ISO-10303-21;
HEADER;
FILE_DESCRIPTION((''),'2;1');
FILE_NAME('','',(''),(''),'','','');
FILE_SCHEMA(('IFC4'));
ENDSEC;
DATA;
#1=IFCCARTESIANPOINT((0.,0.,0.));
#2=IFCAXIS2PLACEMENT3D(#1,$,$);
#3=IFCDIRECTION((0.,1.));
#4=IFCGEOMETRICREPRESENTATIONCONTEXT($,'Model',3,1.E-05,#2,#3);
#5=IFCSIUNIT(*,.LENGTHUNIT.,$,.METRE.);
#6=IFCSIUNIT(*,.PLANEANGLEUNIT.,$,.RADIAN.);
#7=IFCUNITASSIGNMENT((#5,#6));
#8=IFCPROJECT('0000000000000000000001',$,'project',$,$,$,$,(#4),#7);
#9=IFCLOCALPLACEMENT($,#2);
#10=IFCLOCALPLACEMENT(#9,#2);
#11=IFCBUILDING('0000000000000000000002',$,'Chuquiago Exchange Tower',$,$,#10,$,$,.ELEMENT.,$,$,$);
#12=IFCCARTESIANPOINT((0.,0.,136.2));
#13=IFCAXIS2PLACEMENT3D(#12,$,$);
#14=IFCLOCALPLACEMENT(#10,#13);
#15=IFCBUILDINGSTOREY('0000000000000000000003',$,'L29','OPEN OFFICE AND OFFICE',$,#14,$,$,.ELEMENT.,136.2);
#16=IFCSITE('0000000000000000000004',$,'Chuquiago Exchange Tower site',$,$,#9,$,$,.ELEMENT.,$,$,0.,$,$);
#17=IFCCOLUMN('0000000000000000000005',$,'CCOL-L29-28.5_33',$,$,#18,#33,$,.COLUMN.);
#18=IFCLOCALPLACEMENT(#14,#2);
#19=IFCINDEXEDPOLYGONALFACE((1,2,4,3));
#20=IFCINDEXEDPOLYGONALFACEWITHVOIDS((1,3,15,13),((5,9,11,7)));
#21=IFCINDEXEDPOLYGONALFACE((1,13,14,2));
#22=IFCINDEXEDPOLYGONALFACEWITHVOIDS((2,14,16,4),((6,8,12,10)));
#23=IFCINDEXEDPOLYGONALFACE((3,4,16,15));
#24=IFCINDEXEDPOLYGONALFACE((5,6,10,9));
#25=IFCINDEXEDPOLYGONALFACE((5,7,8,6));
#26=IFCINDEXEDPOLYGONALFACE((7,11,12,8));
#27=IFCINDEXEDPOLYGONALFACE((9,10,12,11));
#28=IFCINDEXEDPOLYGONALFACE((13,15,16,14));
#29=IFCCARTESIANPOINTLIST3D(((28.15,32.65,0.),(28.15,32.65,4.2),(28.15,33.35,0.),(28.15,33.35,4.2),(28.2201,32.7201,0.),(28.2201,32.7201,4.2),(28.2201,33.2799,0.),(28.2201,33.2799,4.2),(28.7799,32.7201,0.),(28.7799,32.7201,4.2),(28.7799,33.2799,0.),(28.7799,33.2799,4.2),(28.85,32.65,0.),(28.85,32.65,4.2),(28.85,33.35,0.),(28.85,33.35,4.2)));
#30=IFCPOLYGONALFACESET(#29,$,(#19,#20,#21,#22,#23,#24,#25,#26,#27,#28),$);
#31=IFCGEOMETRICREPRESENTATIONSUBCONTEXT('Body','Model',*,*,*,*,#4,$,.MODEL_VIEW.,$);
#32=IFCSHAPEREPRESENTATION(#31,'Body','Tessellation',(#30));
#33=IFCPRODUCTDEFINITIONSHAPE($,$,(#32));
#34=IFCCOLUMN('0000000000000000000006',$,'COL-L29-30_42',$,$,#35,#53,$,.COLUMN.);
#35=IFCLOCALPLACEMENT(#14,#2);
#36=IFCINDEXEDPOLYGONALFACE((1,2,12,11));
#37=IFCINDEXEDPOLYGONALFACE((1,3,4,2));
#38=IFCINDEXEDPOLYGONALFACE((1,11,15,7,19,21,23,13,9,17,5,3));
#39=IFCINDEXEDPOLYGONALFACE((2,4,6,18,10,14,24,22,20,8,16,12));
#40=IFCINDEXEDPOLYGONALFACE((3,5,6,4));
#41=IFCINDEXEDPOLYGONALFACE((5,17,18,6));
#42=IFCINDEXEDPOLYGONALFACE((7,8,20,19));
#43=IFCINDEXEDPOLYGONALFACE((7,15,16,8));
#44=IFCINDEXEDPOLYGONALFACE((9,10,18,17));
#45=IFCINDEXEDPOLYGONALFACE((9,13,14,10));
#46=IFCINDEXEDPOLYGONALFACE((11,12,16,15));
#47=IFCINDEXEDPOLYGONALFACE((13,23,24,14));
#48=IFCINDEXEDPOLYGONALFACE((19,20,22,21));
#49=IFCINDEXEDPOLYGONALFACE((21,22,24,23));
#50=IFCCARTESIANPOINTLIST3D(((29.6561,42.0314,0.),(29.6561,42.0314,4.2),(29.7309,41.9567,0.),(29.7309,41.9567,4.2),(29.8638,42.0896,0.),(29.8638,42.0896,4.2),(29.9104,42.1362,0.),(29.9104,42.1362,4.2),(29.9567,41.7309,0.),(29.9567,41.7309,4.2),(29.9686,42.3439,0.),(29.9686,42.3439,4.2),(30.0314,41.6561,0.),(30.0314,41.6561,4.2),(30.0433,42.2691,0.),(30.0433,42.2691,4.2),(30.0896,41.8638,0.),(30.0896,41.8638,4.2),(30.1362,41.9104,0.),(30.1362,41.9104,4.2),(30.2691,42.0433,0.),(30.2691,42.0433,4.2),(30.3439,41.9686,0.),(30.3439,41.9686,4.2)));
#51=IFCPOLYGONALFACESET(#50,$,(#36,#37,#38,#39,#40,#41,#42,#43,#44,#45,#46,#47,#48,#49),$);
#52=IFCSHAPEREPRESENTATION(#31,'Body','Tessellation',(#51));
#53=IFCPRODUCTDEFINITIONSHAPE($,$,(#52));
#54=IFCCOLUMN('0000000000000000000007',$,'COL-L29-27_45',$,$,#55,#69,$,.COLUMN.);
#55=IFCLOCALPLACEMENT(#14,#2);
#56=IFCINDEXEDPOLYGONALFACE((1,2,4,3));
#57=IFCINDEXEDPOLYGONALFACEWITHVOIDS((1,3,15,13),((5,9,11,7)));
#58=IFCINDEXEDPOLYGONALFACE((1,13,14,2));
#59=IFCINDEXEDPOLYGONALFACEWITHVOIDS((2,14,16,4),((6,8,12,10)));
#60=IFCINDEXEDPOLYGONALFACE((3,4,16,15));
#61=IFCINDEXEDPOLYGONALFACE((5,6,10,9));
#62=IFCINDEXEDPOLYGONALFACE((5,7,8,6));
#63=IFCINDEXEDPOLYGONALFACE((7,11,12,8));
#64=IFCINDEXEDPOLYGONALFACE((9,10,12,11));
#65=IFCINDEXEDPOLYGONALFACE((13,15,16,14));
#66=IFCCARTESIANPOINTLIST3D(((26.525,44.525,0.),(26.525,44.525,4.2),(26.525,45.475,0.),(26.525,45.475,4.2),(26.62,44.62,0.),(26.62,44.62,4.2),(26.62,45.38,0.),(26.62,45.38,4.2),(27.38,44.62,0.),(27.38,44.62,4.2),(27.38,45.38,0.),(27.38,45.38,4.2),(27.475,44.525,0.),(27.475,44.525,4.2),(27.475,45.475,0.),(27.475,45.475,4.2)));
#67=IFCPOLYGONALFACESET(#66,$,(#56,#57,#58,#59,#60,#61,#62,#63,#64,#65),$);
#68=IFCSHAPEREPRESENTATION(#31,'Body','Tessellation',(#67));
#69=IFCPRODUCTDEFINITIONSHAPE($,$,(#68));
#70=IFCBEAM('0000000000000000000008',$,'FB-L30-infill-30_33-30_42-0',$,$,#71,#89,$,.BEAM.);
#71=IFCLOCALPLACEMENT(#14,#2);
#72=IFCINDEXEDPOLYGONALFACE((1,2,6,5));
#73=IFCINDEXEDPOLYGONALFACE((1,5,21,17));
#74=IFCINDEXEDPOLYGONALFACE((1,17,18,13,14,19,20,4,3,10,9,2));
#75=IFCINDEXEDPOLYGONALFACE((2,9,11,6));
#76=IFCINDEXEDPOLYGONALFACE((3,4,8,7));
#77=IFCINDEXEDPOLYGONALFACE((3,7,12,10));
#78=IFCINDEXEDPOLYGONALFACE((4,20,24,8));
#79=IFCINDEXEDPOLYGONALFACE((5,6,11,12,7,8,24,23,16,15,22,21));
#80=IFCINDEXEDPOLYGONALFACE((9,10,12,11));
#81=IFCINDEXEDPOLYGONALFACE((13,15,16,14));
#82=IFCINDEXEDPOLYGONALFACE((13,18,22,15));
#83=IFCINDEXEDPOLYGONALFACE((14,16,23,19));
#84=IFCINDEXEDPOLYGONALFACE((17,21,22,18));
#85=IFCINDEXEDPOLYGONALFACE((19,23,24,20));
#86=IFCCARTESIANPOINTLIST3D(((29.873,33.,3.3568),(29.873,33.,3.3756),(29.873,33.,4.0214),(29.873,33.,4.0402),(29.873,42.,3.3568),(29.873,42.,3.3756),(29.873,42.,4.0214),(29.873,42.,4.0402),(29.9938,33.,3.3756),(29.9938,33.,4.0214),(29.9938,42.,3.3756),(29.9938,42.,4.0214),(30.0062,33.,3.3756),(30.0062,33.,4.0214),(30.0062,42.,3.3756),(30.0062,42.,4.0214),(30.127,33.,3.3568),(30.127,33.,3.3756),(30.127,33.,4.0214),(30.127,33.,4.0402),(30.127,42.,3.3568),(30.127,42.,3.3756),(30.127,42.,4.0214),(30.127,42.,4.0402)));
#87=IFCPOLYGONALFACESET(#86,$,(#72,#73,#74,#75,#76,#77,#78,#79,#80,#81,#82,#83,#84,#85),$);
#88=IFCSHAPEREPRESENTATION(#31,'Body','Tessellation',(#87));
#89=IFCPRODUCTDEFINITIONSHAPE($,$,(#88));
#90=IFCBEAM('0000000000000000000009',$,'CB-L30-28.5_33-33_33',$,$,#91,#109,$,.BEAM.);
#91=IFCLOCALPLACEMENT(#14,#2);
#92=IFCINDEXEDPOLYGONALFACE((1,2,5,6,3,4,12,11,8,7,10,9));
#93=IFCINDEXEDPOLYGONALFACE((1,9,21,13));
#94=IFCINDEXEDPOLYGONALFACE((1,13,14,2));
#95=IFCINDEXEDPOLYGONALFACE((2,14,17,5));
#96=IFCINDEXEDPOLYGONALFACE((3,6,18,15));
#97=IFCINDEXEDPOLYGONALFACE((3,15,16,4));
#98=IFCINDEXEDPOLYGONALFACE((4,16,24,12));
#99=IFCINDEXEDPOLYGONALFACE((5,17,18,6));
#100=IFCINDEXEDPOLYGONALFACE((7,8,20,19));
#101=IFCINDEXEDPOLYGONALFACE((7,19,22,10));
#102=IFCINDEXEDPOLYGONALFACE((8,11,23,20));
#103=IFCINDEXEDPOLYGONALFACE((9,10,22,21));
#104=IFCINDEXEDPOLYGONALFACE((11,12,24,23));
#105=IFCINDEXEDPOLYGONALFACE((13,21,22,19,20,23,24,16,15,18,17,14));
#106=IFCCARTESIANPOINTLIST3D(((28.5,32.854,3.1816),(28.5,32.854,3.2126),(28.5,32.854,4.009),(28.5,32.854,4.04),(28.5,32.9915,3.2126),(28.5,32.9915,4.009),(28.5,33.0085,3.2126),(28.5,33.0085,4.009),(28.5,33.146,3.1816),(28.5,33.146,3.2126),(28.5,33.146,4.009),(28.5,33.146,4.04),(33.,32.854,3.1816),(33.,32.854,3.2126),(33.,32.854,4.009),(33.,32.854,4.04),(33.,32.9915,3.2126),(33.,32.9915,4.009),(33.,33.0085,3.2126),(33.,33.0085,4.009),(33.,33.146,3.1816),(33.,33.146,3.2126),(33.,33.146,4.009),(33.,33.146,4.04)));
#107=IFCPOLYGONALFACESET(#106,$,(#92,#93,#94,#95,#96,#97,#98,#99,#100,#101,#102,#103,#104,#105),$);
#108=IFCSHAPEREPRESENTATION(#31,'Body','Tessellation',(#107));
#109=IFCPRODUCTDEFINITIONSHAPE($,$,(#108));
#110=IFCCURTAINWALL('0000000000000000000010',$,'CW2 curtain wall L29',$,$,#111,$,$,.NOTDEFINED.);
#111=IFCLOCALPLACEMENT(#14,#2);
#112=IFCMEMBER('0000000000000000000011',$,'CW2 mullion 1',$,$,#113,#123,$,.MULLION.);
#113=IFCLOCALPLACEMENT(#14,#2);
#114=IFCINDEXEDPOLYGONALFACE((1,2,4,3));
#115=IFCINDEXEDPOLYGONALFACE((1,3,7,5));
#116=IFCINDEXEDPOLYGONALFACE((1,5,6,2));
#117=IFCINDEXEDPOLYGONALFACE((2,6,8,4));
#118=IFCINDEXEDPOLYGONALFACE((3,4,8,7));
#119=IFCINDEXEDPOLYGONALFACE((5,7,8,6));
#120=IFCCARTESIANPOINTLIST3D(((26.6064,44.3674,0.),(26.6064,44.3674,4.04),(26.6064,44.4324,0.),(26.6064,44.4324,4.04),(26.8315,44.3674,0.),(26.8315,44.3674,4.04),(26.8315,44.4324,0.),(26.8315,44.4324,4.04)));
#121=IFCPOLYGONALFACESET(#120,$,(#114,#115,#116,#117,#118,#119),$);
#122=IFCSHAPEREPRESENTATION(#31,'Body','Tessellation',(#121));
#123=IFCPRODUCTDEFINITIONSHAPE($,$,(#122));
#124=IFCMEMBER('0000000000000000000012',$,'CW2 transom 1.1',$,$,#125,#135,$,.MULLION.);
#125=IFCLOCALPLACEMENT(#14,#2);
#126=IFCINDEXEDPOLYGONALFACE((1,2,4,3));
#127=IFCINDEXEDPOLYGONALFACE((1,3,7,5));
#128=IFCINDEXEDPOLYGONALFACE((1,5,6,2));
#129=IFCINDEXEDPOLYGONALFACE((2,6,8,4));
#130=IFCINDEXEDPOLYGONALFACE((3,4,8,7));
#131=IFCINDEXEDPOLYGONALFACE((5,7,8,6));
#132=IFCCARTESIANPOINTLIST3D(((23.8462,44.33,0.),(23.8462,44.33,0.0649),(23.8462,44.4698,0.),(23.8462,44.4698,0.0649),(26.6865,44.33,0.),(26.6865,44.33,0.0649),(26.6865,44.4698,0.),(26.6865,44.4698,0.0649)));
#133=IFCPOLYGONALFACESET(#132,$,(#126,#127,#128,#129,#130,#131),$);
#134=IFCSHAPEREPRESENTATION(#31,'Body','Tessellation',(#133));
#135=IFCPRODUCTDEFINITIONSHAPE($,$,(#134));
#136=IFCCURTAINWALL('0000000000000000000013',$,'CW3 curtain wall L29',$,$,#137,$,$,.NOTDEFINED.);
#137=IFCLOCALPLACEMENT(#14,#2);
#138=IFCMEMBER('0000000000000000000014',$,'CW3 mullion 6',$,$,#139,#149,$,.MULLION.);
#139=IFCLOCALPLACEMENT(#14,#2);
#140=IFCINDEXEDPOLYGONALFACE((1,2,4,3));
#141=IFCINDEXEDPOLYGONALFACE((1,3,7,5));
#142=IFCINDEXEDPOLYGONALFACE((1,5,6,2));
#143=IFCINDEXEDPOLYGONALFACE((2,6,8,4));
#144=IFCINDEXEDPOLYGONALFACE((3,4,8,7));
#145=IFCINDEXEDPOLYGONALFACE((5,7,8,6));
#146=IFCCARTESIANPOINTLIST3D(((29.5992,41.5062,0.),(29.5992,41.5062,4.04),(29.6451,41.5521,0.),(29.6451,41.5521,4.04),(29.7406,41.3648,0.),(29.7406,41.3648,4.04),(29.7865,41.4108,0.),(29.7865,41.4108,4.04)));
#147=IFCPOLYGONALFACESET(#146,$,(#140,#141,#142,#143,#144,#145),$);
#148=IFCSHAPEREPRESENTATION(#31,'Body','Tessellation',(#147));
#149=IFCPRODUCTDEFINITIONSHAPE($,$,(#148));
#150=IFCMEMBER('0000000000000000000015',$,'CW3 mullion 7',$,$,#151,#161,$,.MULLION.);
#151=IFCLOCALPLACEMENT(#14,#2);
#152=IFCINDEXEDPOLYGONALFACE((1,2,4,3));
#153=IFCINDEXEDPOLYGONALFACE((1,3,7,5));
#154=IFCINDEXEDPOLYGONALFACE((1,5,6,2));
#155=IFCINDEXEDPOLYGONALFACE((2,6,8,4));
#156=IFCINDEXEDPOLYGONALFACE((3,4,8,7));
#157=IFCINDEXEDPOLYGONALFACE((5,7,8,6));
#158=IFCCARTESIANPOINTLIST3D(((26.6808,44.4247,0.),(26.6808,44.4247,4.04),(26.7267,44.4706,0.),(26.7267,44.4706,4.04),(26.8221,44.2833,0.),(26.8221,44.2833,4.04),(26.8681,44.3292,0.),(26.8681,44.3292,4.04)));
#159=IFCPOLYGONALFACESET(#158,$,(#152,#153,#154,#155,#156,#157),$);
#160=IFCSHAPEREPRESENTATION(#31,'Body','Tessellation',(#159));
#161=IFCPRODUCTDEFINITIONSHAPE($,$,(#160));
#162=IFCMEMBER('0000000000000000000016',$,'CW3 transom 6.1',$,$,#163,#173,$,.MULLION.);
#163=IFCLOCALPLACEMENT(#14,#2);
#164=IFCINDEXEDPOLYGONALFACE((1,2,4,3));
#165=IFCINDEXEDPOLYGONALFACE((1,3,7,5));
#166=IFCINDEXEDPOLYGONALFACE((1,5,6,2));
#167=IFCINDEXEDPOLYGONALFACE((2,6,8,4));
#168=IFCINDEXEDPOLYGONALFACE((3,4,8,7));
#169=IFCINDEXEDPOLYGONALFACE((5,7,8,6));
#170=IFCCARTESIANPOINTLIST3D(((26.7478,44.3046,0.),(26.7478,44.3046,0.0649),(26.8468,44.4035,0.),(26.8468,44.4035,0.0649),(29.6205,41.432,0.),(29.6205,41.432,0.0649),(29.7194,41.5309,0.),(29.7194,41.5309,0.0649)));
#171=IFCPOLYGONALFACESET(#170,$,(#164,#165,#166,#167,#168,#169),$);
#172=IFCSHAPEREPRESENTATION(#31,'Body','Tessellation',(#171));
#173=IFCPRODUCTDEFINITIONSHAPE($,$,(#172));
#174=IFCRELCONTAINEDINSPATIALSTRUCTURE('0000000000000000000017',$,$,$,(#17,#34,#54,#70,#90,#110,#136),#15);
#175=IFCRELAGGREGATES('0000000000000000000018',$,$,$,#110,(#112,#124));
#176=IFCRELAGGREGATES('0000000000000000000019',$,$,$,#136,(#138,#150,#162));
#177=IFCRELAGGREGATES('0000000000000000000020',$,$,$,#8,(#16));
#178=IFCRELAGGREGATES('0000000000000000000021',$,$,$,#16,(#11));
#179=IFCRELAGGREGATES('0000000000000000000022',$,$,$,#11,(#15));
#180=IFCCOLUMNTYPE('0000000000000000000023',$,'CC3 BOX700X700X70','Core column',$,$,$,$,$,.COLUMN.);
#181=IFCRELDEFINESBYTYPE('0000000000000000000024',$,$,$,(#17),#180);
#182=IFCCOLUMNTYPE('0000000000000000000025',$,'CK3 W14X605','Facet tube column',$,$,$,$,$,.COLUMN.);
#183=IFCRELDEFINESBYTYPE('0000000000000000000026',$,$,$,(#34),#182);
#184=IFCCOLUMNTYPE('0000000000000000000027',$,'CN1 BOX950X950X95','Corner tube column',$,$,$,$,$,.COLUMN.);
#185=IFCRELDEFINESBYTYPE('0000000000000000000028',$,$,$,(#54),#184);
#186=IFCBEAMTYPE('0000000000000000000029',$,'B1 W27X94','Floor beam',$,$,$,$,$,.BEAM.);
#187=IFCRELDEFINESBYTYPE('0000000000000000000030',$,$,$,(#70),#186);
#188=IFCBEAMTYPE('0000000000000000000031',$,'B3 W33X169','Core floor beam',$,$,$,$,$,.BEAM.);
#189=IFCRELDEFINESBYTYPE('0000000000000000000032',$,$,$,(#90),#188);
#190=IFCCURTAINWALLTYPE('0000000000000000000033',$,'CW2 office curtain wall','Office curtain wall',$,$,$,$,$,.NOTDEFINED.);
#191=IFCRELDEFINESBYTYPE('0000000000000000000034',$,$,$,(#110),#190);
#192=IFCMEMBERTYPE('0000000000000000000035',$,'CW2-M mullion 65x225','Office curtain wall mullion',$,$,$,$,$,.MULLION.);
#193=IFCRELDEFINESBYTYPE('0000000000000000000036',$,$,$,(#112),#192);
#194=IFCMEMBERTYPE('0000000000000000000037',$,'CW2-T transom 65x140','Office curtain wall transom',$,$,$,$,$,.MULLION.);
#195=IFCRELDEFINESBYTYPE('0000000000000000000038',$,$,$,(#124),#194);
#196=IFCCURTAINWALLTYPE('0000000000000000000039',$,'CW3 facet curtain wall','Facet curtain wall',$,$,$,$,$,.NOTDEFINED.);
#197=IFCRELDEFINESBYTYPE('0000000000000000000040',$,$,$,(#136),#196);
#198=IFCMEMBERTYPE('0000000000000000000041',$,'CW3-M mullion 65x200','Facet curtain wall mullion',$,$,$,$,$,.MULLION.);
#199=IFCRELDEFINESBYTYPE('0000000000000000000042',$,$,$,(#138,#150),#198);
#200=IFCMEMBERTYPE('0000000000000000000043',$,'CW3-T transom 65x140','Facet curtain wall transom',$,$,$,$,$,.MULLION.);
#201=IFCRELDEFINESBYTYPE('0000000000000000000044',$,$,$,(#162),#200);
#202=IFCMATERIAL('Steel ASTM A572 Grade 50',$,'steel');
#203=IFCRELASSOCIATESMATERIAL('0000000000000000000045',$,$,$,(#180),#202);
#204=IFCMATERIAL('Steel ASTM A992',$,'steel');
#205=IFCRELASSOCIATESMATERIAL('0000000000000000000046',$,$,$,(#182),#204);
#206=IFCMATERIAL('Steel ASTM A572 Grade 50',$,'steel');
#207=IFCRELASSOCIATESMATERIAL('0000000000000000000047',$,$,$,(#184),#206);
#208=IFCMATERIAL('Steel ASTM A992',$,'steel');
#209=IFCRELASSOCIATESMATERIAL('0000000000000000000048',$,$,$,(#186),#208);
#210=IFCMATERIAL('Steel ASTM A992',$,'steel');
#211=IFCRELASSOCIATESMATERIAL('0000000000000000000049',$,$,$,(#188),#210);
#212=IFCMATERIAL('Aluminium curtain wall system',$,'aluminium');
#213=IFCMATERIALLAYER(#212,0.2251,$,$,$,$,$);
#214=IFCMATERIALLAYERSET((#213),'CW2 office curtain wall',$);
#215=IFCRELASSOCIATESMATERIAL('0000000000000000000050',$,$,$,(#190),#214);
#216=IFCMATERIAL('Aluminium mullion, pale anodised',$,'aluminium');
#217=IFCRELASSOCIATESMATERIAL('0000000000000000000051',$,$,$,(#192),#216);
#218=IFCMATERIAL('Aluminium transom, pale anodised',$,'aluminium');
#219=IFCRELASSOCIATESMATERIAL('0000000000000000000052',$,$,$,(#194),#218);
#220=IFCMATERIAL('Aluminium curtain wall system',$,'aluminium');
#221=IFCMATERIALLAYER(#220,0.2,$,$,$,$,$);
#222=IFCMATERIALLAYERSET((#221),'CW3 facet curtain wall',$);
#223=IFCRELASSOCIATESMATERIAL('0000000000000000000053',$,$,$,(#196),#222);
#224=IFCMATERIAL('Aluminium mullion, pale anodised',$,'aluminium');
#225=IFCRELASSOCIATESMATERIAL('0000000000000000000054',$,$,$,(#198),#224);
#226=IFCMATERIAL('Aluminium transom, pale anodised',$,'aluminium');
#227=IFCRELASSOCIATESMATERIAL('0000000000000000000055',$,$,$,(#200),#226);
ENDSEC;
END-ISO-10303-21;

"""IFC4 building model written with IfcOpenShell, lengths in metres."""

from ifc_helpers import new_model, si_unit, direction, frame, origin, origin_2d, place, context, subcontext, project, spatial, rectangle, hollow_rectangle, i_section, extrude, material, layer, layer_set, material_profile, profile_set, type_object, element, aggregate, save


model = new_model("IFC4")

# Units and contexts
model_context = context("Model", 3, precision=1e-05, world=origin(), true_north=direction((0.0, 1.0)))
body_context = subcontext(model_context, "Body", "Model", "MODEL_VIEW")
ifc_project = project(units=[si_unit("LENGTHUNIT", "METRE"), si_unit("PLANEANGLEUNIT", "RADIAN")], contexts=[model_context])

# Site, building, storey
site_placement = place(None, origin())
site = spatial("IfcSite", under=ifc_project, at=site_placement, Name="Chuquiago Exchange Tower site", CompositionType="ELEMENT", RefElevation=0.0)
building_placement = place(site_placement, origin())
building = spatial("IfcBuilding", under=site, at=building_placement, Name="Chuquiago Exchange Tower", CompositionType="ELEMENT")
storey_placement = place(building_placement, frame((0.0, 0.0, 136.2)))
storey = spatial("IfcBuildingStorey", under=building, at=storey_placement, Name="L29", Description="OPEN OFFICE AND OFFICE", CompositionType="ELEMENT", Elevation=136.2)

# Columns
ifc_material_1 = material(Name="Steel ASTM A572 Grade 50", Category="steel")
ifc_material_profile_1 = material_profile(ifc_material_1, hollow_rectangle(XDim=0.7, YDim=0.7, WallThickness=0.0701, at=origin_2d()), Name="BOX700X700X70")
ifc_profile_set_1 = profile_set([ifc_material_profile_1], Name="Steel ASTM A572 Grade 50")
column_type_1 = type_object("IfcColumnType", Name="CC3 BOX700X700X70", Description="Core column", PredefinedType="COLUMN", material=ifc_profile_set_1)
column_1_placement = place(storey_placement, frame((28.5, 33.0, 0.0), z_axis=(0.0, 0.0, 1.0), x_axis=(1.0, 0.0, 0.0)))
element("IfcColumn", 1, at=column_1_placement, inside=storey, type_object=column_type_1, Name="CCOL-L29-28.5_33", PredefinedType="COLUMN", context=body_context, shape_type="SweptSolid", body=[
    extrude(hollow_rectangle(XDim=0.7, YDim=0.7, WallThickness=0.0701, at=origin_2d()), origin(), (0.0, 0.0, 1.0), 4.2),
])
ifc_material_2 = material(Name="Steel ASTM A992", Category="steel")
ifc_material_profile_2 = material_profile(ifc_material_2, i_section(OverallWidth=0.4419, OverallDepth=0.5308, WebThickness=0.0659, FlangeThickness=0.1057, at=origin_2d()), Name="W14X605")
ifc_profile_set_2 = profile_set([ifc_material_profile_2], Name="Steel ASTM A992")
column_type_2 = type_object("IfcColumnType", Name="CK3 W14X605", Description="Facet tube column", PredefinedType="COLUMN", material=ifc_profile_set_2)
column_2_placement = place(storey_placement, frame((30.0, 42.0, 0.0), z_axis=(0.0, 0.0, 1.0), x_axis=(0.707107, 0.707107, 0.0)))
element("IfcColumn", 2, at=column_2_placement, inside=storey, type_object=column_type_2, Name="COL-L29-30_42", PredefinedType="COLUMN", context=body_context, shape_type="SweptSolid", body=[
    extrude(i_section(OverallWidth=0.4419, OverallDepth=0.5308, WebThickness=0.0659, FlangeThickness=0.1057, at=origin_2d()), origin(), (0.0, 0.0, 1.0), 4.2),
])
ifc_material_3 = material(Name="Steel ASTM A572 Grade 50", Category="steel")
ifc_material_profile_3 = material_profile(ifc_material_3, hollow_rectangle(XDim=0.95, YDim=0.95, WallThickness=0.095, at=origin_2d()), Name="BOX950X950X95")
ifc_profile_set_3 = profile_set([ifc_material_profile_3], Name="Steel ASTM A572 Grade 50")
column_type_3 = type_object("IfcColumnType", Name="CN1 BOX950X950X95", Description="Corner tube column", PredefinedType="COLUMN", material=ifc_profile_set_3)
column_3_placement = place(storey_placement, frame((27.0, 45.0, 0.0), z_axis=(0.0, 0.0, 1.0), x_axis=(0.0, 1.0, 0.0)))
element("IfcColumn", 3, at=column_3_placement, inside=storey, type_object=column_type_3, Name="COL-L29-27_45", PredefinedType="COLUMN", context=body_context, shape_type="SweptSolid", body=[
    extrude(hollow_rectangle(XDim=0.95, YDim=0.95, WallThickness=0.095, at=origin_2d()), origin(), (0.0, 0.0, 1.0), 4.2),
])

# Beams
ifc_material_4 = material(Name="Steel ASTM A992", Category="steel")
ifc_material_profile_4 = material_profile(ifc_material_4, i_section(OverallWidth=0.2539, OverallDepth=0.6833, WebThickness=0.0125, FlangeThickness=0.0188, at=origin_2d()), Name="W27X94")
ifc_profile_set_4 = profile_set([ifc_material_profile_4], Name="Steel ASTM A992")
beam_type_1 = type_object("IfcBeamType", Name="B1 W27X94", Description="Floor beam", PredefinedType="BEAM", material=ifc_profile_set_4)
beam_1_placement = place(storey_placement, frame((30.0, 33.0, 3.6985), z_axis=(0.0, 1.0, 0.0), x_axis=(-1.0, 0.0, 0.0)))
element("IfcBeam", 4, at=beam_1_placement, inside=storey, type_object=beam_type_1, Name="FB-L30-infill-30_33-30_42-0", PredefinedType="BEAM", context=body_context, shape_type="SweptSolid", body=[
    extrude(i_section(OverallWidth=0.2539, OverallDepth=0.6833, WebThickness=0.0125, FlangeThickness=0.0188, at=origin_2d()), origin(), (0.0, 0.0, 1.0), 9.0),
])
ifc_material_5 = material(Name="Steel ASTM A992", Category="steel")
ifc_material_profile_5 = material_profile(ifc_material_5, i_section(OverallWidth=0.292, OverallDepth=0.8584, WebThickness=0.0171, FlangeThickness=0.031, at=origin_2d()), Name="W33X169")
ifc_profile_set_5 = profile_set([ifc_material_profile_5], Name="Steel ASTM A992")
beam_type_2 = type_object("IfcBeamType", Name="B3 W33X169", Description="Core floor beam", PredefinedType="BEAM", material=ifc_profile_set_5)
beam_2_placement = place(storey_placement, frame((28.5, 33.0, 3.6108), z_axis=(1.0, 0.0, 0.0), x_axis=(0.0, 1.0, 0.0)))
element("IfcBeam", 5, at=beam_2_placement, inside=storey, type_object=beam_type_2, Name="CB-L30-28.5_33-33_33", PredefinedType="BEAM", context=body_context, shape_type="SweptSolid", body=[
    extrude(i_section(OverallWidth=0.292, OverallDepth=0.8584, WebThickness=0.0171, FlangeThickness=0.031, at=origin_2d()), origin(), (0.0, 0.0, 1.0), 4.5),
])

# Curtain walls, members
ifc_material_6 = material(Name="Aluminium curtain wall system", Category="aluminium")
ifc_layer_1 = layer(ifc_material_6, 0.2251)
ifc_layer_set_1 = layer_set([ifc_layer_1], Name="CW2 office curtain wall")
curtain_wall_type_1 = type_object("IfcCurtainWallType", Name="CW2 office curtain wall", Description="Office curtain wall", PredefinedType="NOTDEFINED", material=ifc_layer_set_1)
curtain_wall_1_placement = place(storey_placement, origin())
curtain_wall_1 = element("IfcCurtainWall", 6, at=curtain_wall_1_placement, inside=storey, type_object=curtain_wall_type_1, Name="CW2 curtain wall L29", PredefinedType="NOTDEFINED")
ifc_material_7 = material(Name="Aluminium mullion, pale anodised", Category="aluminium")
ifc_material_profile_6 = material_profile(ifc_material_7, rectangle(XDim=0.0649, YDim=0.2251, at=origin_2d()), Name="AL 65x225")
ifc_profile_set_6 = profile_set([ifc_material_profile_6], Name="Aluminium mullion, pale anodised")
member_type_1 = type_object("IfcMemberType", Name="CW2-M mullion 65x225", Description="Office curtain wall mullion", PredefinedType="MULLION", material=ifc_profile_set_6)
member_1_placement = place(storey_placement, frame((26.719, 44.3999, 0.0), z_axis=(0.0, 0.0, 1.0), x_axis=(0.0, -1.0, 0.0)))
member_1 = element("IfcMember", 7, at=member_1_placement, type_object=member_type_1, Name="CW2 mullion 1", PredefinedType="MULLION", context=body_context, shape_type="SweptSolid", body=[
    extrude(rectangle(XDim=0.0649, YDim=0.2251, at=origin_2d()), origin(), (0.0, 0.0, 1.0), 4.04),
])
ifc_material_8 = material(Name="Aluminium transom, pale anodised", Category="aluminium")
ifc_material_profile_7 = material_profile(ifc_material_8, rectangle(XDim=0.1399, YDim=0.0649, at=origin_2d()), Name="AL 140x65")
ifc_profile_set_7 = profile_set([ifc_material_profile_7], Name="Aluminium transom, pale anodised")
member_type_2 = type_object("IfcMemberType", Name="CW2-T transom 65x140", Description="Office curtain wall transom", PredefinedType="MULLION", material=ifc_profile_set_7)
member_2_placement = place(storey_placement, frame((26.6865, 44.3999, 0.0325), z_axis=(-1.0, 0.0, 0.0), x_axis=(0.0, -1.0, 0.0)))
member_2 = element("IfcMember", 8, at=member_2_placement, type_object=member_type_2, Name="CW2 transom 1.1", PredefinedType="MULLION", context=body_context, shape_type="SweptSolid", body=[
    extrude(rectangle(XDim=0.1399, YDim=0.0649, at=origin_2d()), origin(), (0.0, 0.0, 1.0), 2.8403),
])
ifc_material_9 = material(Name="Aluminium curtain wall system", Category="aluminium")
ifc_layer_2 = layer(ifc_material_9, 0.2)
ifc_layer_set_2 = layer_set([ifc_layer_2], Name="CW3 facet curtain wall")
curtain_wall_type_2 = type_object("IfcCurtainWallType", Name="CW3 facet curtain wall", Description="Facet curtain wall", PredefinedType="NOTDEFINED", material=ifc_layer_set_2)
curtain_wall_2_placement = place(storey_placement, origin())
curtain_wall_2 = element("IfcCurtainWall", 9, at=curtain_wall_2_placement, inside=storey, type_object=curtain_wall_type_2, Name="CW3 curtain wall L29", PredefinedType="NOTDEFINED")
ifc_material_10 = material(Name="Aluminium mullion, pale anodised", Category="aluminium")
ifc_material_profile_8 = material_profile(ifc_material_10, rectangle(XDim=0.0649, YDim=0.2, at=origin_2d()), Name="AL 65x200")
ifc_profile_set_8 = profile_set([ifc_material_profile_8], Name="Aluminium mullion, pale anodised")
member_type_3 = type_object("IfcMemberType", Name="CW3-M mullion 65x200", Description="Facet curtain wall mullion", PredefinedType="MULLION", material=ifc_profile_set_8)
member_3_placement = place(storey_placement, frame((29.6929, 41.4585, 0.0), z_axis=(0.0, 0.0, 1.0), x_axis=(-0.707107, -0.707107, 0.0)))
member_3 = element("IfcMember", 10, at=member_3_placement, type_object=member_type_3, Name="CW3 mullion 6", PredefinedType="MULLION", context=body_context, shape_type="SweptSolid", body=[
    extrude(rectangle(XDim=0.0649, YDim=0.2, at=origin_2d()), origin(), (0.0, 0.0, 1.0), 4.04),
])
member_4_placement = place(storey_placement, frame((26.7744, 44.377, 0.0), z_axis=(0.0, 0.0, 1.0), x_axis=(-0.707107, -0.707107, 0.0)))
member_4 = element("IfcMember", 11, at=member_4_placement, type_object=member_type_3, Name="CW3 mullion 7", PredefinedType="MULLION", context=body_context, shape_type="SweptSolid", body=[
    extrude(rectangle(XDim=0.0649, YDim=0.2, at=origin_2d()), origin(), (0.0, 0.0, 1.0), 4.04),
])
ifc_material_11 = material(Name="Aluminium transom, pale anodised", Category="aluminium")
ifc_material_profile_9 = material_profile(ifc_material_11, rectangle(XDim=0.1399, YDim=0.0649, at=origin_2d()), Name="AL 140x65")
ifc_profile_set_9 = profile_set([ifc_material_profile_9], Name="Aluminium transom, pale anodised")
member_type_4 = type_object("IfcMemberType", Name="CW3-T transom 65x140", Description="Facet curtain wall transom", PredefinedType="MULLION", material=ifc_profile_set_9)
member_5_placement = place(storey_placement, frame((29.6699, 41.4814, 0.0325), z_axis=(-0.707107, 0.707107, 0.0), x_axis=(-0.707107, -0.707107, 0.0)))
member_5 = element("IfcMember", 12, at=member_5_placement, type_object=member_type_4, Name="CW3 transom 6.1", PredefinedType="MULLION", context=body_context, shape_type="SweptSolid", body=[
    extrude(rectangle(XDim=0.1399, YDim=0.0649, at=origin_2d()), origin(), (0.0, 0.0, 1.0), 4.0625),
])

aggregate(curtain_wall_1, [member_1, member_2])
aggregate(curtain_wall_2, [member_3, member_4, member_5])

save(model, "model.ifc")
